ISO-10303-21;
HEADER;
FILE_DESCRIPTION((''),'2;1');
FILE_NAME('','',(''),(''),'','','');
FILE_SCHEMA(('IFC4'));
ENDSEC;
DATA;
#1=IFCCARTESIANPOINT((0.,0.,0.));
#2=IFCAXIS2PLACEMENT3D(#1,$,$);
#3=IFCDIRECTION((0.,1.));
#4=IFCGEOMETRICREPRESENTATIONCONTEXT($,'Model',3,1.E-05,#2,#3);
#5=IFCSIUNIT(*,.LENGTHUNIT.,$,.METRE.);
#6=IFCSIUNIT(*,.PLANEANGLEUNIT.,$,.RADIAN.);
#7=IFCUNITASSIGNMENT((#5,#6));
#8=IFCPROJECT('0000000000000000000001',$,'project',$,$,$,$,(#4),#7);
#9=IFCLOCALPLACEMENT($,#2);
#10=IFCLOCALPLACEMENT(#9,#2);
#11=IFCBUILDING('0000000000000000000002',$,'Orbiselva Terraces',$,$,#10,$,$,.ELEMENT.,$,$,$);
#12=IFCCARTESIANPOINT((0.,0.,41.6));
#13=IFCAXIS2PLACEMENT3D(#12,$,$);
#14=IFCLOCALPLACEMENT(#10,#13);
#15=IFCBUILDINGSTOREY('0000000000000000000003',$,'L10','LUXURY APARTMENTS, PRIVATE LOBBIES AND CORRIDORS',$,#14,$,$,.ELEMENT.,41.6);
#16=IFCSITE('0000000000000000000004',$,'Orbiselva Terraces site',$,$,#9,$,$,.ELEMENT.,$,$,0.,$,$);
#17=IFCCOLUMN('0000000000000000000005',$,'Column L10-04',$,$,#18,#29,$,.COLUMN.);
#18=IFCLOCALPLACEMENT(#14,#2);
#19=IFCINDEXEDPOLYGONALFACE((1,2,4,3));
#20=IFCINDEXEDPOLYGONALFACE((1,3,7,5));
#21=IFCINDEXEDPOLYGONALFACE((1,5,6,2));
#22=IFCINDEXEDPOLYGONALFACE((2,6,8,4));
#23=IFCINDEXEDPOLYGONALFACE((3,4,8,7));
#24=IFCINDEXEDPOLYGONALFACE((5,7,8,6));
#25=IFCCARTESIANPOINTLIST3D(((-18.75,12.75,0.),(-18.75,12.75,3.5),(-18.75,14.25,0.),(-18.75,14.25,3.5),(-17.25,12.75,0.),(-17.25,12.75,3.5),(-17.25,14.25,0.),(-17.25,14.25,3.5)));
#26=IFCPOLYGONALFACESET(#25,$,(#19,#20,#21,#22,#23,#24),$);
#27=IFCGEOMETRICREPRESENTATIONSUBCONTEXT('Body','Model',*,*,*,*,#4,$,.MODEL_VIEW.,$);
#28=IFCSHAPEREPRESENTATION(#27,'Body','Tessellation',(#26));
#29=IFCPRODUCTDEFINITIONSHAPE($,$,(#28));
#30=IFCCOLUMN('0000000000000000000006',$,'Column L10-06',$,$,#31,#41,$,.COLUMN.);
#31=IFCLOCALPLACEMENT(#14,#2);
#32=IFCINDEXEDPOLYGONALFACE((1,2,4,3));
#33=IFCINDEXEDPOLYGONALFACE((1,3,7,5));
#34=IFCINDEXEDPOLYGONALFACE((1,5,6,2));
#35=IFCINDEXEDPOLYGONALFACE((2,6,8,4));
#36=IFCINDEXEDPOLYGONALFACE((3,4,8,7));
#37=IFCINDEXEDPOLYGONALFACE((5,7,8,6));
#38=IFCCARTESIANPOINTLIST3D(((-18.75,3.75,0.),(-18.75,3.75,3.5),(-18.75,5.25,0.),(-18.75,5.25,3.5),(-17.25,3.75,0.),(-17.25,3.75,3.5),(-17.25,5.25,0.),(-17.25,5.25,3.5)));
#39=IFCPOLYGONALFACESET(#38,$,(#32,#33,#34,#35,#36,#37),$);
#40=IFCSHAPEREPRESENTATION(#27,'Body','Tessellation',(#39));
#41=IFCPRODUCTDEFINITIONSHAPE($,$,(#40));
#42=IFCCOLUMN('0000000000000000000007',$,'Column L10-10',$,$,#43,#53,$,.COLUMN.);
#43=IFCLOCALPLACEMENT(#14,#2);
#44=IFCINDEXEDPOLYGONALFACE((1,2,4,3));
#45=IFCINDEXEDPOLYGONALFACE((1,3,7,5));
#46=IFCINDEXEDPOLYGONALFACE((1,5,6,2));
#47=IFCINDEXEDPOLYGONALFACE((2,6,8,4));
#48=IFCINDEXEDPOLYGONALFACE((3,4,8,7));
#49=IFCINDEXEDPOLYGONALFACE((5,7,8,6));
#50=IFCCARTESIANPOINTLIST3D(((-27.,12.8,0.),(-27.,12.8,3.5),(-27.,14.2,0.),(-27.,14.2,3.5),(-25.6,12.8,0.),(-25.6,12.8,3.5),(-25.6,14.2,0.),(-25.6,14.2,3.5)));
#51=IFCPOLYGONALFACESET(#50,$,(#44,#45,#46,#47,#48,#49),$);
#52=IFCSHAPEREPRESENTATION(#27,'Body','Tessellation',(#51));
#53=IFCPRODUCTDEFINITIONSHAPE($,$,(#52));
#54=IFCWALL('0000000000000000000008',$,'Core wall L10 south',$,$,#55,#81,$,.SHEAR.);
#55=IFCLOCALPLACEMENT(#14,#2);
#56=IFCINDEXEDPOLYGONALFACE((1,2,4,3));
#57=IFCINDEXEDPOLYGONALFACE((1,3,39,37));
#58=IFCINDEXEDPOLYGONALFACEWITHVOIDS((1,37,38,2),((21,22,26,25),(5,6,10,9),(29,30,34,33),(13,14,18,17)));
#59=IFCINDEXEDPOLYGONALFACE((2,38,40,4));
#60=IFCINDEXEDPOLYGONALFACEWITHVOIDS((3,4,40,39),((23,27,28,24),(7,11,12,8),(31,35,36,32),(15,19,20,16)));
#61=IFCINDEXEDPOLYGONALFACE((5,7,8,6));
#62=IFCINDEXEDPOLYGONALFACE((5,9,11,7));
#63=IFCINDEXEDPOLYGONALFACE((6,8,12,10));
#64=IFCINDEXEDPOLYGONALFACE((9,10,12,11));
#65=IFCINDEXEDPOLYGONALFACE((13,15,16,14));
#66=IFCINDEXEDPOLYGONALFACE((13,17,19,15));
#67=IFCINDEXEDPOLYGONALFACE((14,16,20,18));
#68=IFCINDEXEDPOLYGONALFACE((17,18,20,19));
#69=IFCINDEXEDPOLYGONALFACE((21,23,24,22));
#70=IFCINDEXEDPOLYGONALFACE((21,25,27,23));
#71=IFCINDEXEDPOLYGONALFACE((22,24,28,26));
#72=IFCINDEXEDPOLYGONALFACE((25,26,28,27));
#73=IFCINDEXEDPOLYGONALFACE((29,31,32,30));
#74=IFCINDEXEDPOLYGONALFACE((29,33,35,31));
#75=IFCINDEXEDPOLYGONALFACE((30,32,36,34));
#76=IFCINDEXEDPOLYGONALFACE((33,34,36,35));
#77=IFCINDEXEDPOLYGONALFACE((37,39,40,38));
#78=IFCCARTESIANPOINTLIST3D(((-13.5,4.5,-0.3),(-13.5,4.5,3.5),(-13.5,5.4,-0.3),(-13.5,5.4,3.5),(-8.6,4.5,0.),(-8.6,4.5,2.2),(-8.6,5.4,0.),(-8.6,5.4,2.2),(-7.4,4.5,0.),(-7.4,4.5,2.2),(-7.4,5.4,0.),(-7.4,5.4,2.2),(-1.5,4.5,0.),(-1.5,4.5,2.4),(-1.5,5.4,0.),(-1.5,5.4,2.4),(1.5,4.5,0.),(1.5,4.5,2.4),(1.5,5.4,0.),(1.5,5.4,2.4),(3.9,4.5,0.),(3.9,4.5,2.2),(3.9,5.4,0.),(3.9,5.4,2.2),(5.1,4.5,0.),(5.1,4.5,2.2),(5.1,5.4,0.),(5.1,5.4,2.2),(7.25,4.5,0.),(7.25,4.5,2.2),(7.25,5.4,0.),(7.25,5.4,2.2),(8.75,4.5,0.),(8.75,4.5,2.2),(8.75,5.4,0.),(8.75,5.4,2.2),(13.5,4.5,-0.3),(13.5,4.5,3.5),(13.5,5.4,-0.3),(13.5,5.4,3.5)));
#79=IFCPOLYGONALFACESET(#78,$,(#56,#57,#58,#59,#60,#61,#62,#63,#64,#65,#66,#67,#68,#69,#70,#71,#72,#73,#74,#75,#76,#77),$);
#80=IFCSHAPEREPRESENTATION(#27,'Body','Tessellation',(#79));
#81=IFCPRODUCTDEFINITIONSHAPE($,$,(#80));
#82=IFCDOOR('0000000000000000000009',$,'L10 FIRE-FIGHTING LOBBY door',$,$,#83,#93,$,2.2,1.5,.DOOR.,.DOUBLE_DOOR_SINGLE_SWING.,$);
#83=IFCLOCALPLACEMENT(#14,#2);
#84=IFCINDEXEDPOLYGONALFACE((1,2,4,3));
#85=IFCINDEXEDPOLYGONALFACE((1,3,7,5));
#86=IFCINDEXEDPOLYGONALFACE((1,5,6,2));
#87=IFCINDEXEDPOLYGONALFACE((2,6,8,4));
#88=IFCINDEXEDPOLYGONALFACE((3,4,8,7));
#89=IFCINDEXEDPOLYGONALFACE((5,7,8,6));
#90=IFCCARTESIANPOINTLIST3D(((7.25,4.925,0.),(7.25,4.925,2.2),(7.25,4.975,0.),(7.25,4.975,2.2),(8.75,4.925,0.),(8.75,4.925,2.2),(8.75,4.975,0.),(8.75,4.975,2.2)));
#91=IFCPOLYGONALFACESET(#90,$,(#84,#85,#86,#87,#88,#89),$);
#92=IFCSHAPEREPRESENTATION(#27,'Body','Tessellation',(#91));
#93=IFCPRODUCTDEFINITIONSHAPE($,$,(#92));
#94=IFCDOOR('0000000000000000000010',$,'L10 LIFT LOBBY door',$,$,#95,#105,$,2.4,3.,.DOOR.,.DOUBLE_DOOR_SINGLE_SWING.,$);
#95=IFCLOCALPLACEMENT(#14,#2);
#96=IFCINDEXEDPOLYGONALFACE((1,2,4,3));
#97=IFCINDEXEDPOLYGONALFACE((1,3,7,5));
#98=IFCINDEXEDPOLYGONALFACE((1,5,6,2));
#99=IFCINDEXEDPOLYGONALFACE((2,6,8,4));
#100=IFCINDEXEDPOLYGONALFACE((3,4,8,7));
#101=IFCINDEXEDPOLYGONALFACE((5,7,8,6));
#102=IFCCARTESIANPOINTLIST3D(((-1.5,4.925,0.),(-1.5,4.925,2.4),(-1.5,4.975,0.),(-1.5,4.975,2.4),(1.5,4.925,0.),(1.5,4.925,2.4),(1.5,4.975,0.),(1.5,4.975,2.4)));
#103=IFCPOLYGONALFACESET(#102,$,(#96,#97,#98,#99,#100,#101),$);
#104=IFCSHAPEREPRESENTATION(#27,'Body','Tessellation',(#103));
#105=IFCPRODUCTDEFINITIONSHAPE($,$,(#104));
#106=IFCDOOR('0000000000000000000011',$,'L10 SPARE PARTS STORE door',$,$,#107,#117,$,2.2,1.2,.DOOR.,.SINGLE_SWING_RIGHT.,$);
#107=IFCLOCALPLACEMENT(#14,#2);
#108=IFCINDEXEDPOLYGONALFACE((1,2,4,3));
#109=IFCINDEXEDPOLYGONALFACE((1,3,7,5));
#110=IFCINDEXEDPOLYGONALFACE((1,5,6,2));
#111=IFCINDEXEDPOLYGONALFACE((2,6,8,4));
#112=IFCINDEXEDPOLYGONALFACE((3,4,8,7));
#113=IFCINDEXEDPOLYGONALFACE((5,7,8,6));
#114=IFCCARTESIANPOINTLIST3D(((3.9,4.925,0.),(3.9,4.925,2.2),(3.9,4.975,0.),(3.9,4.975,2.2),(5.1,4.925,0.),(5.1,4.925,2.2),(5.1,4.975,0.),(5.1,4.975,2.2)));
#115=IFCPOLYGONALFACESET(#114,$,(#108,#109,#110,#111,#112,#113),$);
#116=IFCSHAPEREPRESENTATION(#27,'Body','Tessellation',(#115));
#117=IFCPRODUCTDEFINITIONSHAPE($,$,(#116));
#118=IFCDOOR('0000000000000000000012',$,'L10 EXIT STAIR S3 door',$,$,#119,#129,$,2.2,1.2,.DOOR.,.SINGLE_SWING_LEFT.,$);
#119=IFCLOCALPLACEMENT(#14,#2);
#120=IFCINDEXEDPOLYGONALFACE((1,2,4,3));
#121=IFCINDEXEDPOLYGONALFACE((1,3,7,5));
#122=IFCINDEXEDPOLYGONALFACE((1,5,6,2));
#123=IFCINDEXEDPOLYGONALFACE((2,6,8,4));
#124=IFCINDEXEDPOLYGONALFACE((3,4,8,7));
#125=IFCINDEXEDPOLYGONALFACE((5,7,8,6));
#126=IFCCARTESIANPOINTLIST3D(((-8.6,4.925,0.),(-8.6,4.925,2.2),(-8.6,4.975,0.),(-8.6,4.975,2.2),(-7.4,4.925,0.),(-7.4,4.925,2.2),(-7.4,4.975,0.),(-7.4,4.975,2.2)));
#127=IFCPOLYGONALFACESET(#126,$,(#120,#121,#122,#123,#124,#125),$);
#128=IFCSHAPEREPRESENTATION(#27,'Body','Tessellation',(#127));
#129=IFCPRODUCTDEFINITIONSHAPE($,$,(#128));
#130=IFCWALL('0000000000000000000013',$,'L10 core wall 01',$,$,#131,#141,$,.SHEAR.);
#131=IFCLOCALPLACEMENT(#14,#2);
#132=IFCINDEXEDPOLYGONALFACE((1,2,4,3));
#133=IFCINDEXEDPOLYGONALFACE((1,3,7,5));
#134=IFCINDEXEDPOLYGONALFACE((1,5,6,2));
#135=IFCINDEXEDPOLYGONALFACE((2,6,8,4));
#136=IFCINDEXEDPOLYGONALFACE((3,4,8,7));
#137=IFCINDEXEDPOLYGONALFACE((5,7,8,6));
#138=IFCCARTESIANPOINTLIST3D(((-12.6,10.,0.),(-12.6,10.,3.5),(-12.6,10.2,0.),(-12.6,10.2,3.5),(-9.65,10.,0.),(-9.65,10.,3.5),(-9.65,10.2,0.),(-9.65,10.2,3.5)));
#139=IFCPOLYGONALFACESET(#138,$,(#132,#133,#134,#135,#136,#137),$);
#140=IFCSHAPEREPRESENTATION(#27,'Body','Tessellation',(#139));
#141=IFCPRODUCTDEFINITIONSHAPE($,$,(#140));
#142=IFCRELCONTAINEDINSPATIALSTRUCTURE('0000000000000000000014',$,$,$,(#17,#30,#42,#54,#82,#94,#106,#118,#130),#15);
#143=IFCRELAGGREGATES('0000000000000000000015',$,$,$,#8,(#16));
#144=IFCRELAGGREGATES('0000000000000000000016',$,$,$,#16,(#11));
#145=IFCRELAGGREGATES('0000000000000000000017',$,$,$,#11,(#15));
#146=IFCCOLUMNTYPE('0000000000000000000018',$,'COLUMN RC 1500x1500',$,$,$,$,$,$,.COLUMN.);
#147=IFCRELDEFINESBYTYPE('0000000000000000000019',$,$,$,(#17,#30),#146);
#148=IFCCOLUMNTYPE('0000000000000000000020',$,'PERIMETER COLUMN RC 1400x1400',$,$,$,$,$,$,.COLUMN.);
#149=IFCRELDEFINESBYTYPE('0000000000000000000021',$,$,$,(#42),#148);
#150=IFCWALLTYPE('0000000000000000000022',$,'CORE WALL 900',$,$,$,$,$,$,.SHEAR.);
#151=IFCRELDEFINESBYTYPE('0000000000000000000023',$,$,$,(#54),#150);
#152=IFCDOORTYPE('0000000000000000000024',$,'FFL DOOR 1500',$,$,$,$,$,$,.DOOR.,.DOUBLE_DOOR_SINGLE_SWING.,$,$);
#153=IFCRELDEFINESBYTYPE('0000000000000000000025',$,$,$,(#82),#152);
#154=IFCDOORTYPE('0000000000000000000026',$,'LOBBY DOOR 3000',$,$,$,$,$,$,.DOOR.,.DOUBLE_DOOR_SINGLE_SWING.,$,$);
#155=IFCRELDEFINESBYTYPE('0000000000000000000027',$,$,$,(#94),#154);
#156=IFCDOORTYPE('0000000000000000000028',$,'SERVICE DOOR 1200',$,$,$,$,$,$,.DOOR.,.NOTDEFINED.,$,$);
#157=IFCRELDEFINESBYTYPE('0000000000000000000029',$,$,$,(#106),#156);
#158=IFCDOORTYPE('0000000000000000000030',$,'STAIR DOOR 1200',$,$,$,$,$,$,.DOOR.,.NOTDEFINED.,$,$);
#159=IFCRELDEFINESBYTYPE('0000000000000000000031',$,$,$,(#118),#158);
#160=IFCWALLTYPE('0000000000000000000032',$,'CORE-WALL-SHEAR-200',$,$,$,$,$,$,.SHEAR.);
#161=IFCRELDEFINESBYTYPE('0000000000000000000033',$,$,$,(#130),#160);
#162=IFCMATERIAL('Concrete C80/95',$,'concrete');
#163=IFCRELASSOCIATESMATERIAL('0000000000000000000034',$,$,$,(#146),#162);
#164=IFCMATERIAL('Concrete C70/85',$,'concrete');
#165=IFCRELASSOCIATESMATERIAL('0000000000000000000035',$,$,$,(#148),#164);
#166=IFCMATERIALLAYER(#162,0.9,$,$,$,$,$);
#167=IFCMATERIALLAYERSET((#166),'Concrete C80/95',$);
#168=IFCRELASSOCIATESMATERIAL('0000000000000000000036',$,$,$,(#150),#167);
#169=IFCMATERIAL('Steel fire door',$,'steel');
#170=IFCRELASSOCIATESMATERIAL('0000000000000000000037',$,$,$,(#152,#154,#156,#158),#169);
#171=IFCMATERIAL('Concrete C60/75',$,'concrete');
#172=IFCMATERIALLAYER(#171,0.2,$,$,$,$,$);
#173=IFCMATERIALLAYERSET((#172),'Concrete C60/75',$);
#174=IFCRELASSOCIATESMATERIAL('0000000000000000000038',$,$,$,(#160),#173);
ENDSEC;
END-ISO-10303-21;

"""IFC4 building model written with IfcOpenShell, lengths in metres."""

from ifc_helpers import new_model, si_unit, direction, frame, frame_2d, origin, origin_2d, place, context, subcontext, project, spatial, rectangle, extrude, material, layer, layer_set, material_profile, profile_set, type_object, element, fill, save


model = new_model("IFC4")

# Units and contexts
model_context = context("Model", 3, precision=1e-05, world=origin(), true_north=direction((0.0, 1.0)))
body_context = subcontext(model_context, "Body", "Model", "MODEL_VIEW")
ifc_project = project(units=[si_unit("LENGTHUNIT", "METRE"), si_unit("PLANEANGLEUNIT", "RADIAN")], contexts=[model_context])

# Site, building, storey
site_placement = place(None, origin())
site = spatial("IfcSite", under=ifc_project, at=site_placement, Name="Orbiselva Terraces site", CompositionType="ELEMENT", RefElevation=0.0)
building_placement = place(site_placement, origin())
building = spatial("IfcBuilding", under=site, at=building_placement, Name="Orbiselva Terraces", CompositionType="ELEMENT")
storey_placement = place(building_placement, frame((0.0, 0.0, 41.6)))
storey = spatial("IfcBuildingStorey", under=building, at=storey_placement, Name="L10", Description="LUXURY APARTMENTS, PRIVATE LOBBIES AND CORRIDORS", CompositionType="ELEMENT", Elevation=41.6)

# Columns
ifc_material_1 = material(Name="Concrete C80/95", Category="concrete")
ifc_material_profile_1 = material_profile(ifc_material_1, rectangle(XDim=1.5, YDim=1.5, at=origin_2d()), Name="RC 1500x1500")
ifc_profile_set_1 = profile_set([ifc_material_profile_1], Name="Concrete C80/95")
column_type_1 = type_object("IfcColumnType", Name="COLUMN RC 1500x1500", PredefinedType="COLUMN", material=ifc_profile_set_1)
for number, where, z_axis, x_axis, name in (
    (1, (-18.0, 13.5, 0.0), (0.0, 0.0, 1.0), (1.0, 0.0, 0.0), "Column L10-04"),
    (2, (-18.0, 4.5, 0.0), (0.0, 0.0, 1.0), (1.0, 0.0, 0.0), "Column L10-06"),
):
    element("IfcColumn", number, at=place(storey_placement, frame(where, z_axis=z_axis, x_axis=x_axis)), inside=storey, type_object=column_type_1, Name=name, PredefinedType="COLUMN", context=body_context, shape_type="SweptSolid", body=[
        extrude(rectangle(XDim=1.5, YDim=1.5, at=origin_2d()), origin(), (0.0, 0.0, 1.0), 3.5),
    ])
ifc_material_2 = material(Name="Concrete C70/85", Category="concrete")
ifc_material_profile_2 = material_profile(ifc_material_2, rectangle(XDim=1.4, YDim=1.4, at=origin_2d()), Name="RC 1400x1400")
ifc_profile_set_2 = profile_set([ifc_material_profile_2], Name="Concrete C70/85")
column_type_2 = type_object("IfcColumnType", Name="PERIMETER COLUMN RC 1400x1400", PredefinedType="COLUMN", material=ifc_profile_set_2)
column_placement = place(storey_placement, frame((-26.3, 13.5, 0.0), z_axis=(0.0, 0.0, 1.0), x_axis=(1.0, 0.0, 0.0)))
element("IfcColumn", 3, at=column_placement, inside=storey, type_object=column_type_2, Name="Column L10-10", PredefinedType="COLUMN", context=body_context, shape_type="SweptSolid", body=[
    extrude(rectangle(XDim=1.4, YDim=1.4, at=origin_2d()), origin(), (0.0, 0.0, 1.0), 3.5),
])

# Wall, openings, doors
ifc_layer_1 = layer(ifc_material_1, 0.9)
ifc_layer_set_1 = layer_set([ifc_layer_1], Name="Concrete C80/95")
wall_type_1 = type_object("IfcWallType", Name="CORE WALL 900", PredefinedType="SHEAR", material=ifc_layer_set_1)
wall_1_placement = place(storey_placement, frame((-13.5, 4.95, -0.3), z_axis=(0.0, 0.0, 1.0), x_axis=(1.0, 0.0, 0.0)))
wall_1 = element("IfcWall", 4, at=wall_1_placement, inside=storey, type_object=wall_type_1, Name="Core wall L10 south", PredefinedType="SHEAR", context=body_context, shape_type="SweptSolid", body=[
    extrude(rectangle(XDim=27.0, YDim=0.9, at=frame_2d((13.5, 0.0))), origin(), (0.0, 0.0, 1.0), 3.8),
])
opening_1_placement = place(wall_1_placement, frame((12.0, 0.0, 0.3)))
opening_1 = element("IfcOpeningElement", 5, at=opening_1_placement, cuts=wall_1, PredefinedType="OPENING", context=body_context, shape_type="SweptSolid", body=[
    extrude(rectangle(XDim=3.0, YDim=2.4, at=frame_2d((1.5, 1.2))), frame((0.0, 0.46, 0.0), z_axis=(0.0, -1.0, 0.0), x_axis=(1.0, 0.0, 0.0)), (0.0, 0.0, 1.0), 0.92),
])
opening_2_placement = place(wall_1_placement, frame((4.9, 0.0, 0.3)))
opening_2 = element("IfcOpeningElement", 6, at=opening_2_placement, cuts=wall_1, PredefinedType="OPENING", context=body_context, shape_type="SweptSolid", body=[
    extrude(rectangle(XDim=1.2, YDim=2.2, at=frame_2d((0.6, 1.1))), frame((0.0, 0.46, 0.0), z_axis=(0.0, -1.0, 0.0), x_axis=(1.0, 0.0, 0.0)), (0.0, 0.0, 1.0), 0.92),
])
opening_3_placement = place(wall_1_placement, frame((20.75, 0.0, 0.3)))
opening_3 = element("IfcOpeningElement", 7, at=opening_3_placement, cuts=wall_1, PredefinedType="OPENING", context=body_context, shape_type="SweptSolid", body=[
    extrude(rectangle(XDim=1.5, YDim=2.2, at=frame_2d((0.75, 1.1))), frame((0.0, 0.46, 0.0), z_axis=(0.0, -1.0, 0.0), x_axis=(1.0, 0.0, 0.0)), (0.0, 0.0, 1.0), 0.92),
])
opening_4_placement = place(wall_1_placement, frame((17.4, 0.0, 0.3)))
opening_4 = element("IfcOpeningElement", 8, at=opening_4_placement, cuts=wall_1, PredefinedType="OPENING", context=body_context, shape_type="SweptSolid", body=[
    extrude(rectangle(XDim=1.2, YDim=2.2, at=frame_2d((0.6, 1.1))), frame((0.0, 0.46, 0.0), z_axis=(0.0, -1.0, 0.0), x_axis=(1.0, 0.0, 0.0)), (0.0, 0.0, 1.0), 0.92),
])
ifc_material_3 = material(Name="Steel fire door", Category="steel")
door_type_1 = type_object("IfcDoorType", Name="FFL DOOR 1500", OperationType="DOUBLE_DOOR_SINGLE_SWING", PredefinedType="DOOR", material=ifc_material_3)
door_1_placement = place(opening_3_placement, frame((1.5, 0.0, 0.0), z_axis=(0.0, 0.0, 1.0), x_axis=(-1.0, 0.0, 0.0)))
door_1 = element("IfcDoor", 9, at=door_1_placement, inside=storey, type_object=door_type_1, Name="L10 FIRE-FIGHTING LOBBY door", OperationType="DOUBLE_DOOR_SINGLE_SWING", OverallHeight=2.2, OverallWidth=1.5, PredefinedType="DOOR", context=body_context, shape_type="SweptSolid", body=[
    extrude(rectangle(XDim=1.5, YDim=2.2, at=frame_2d((0.75, 1.1))), frame((0.0, 0.025, 0.0), z_axis=(0.0, -1.0, 0.0), x_axis=(1.0, 0.0, 0.0)), (0.0, 0.0, 1.0), 0.05),
])
fill(opening_3, door_1)
door_type_2 = type_object("IfcDoorType", Name="LOBBY DOOR 3000", OperationType="DOUBLE_DOOR_SINGLE_SWING", PredefinedType="DOOR", material=ifc_material_3)
door_2_placement = place(opening_1_placement, frame((3.0, 0.0, 0.0), z_axis=(0.0, 0.0, 1.0), x_axis=(-1.0, 0.0, 0.0)))
door_2 = element("IfcDoor", 10, at=door_2_placement, inside=storey, type_object=door_type_2, Name="L10 LIFT LOBBY door", OperationType="DOUBLE_DOOR_SINGLE_SWING", OverallHeight=2.4, OverallWidth=3.0, PredefinedType="DOOR", context=body_context, shape_type="SweptSolid", body=[
    extrude(rectangle(XDim=3.0, YDim=2.4, at=frame_2d((1.5, 1.2))), frame((0.0, 0.025, 0.0), z_axis=(0.0, -1.0, 0.0), x_axis=(1.0, 0.0, 0.0)), (0.0, 0.0, 1.0), 0.05),
])
fill(opening_1, door_2)
door_type_3 = type_object("IfcDoorType", Name="SERVICE DOOR 1200", OperationType="NOTDEFINED", PredefinedType="DOOR", material=ifc_material_3)
door_3_placement = place(opening_4_placement, frame((1.2, 0.0, 0.0), z_axis=(0.0, 0.0, 1.0), x_axis=(-1.0, 0.0, 0.0)))
door_3 = element("IfcDoor", 11, at=door_3_placement, inside=storey, type_object=door_type_3, Name="L10 SPARE PARTS STORE door", OperationType="SINGLE_SWING_RIGHT", OverallHeight=2.2, OverallWidth=1.2, PredefinedType="DOOR", context=body_context, shape_type="SweptSolid", body=[
    extrude(rectangle(XDim=1.2, YDim=2.2, at=frame_2d((0.6, 1.1))), frame((0.0, 0.025, 0.0), z_axis=(0.0, -1.0, 0.0), x_axis=(1.0, 0.0, 0.0)), (0.0, 0.0, 1.0), 0.05),
])
fill(opening_4, door_3)
door_type_4 = type_object("IfcDoorType", Name="STAIR DOOR 1200", OperationType="NOTDEFINED", PredefinedType="DOOR", material=ifc_material_3)
door_4_placement = place(opening_2_placement, frame((1.2, 0.0, 0.0), z_axis=(0.0, 0.0, 1.0), x_axis=(-1.0, 0.0, 0.0)))
door_4 = element("IfcDoor", 12, at=door_4_placement, inside=storey, type_object=door_type_4, Name="L10 EXIT STAIR S3 door", OperationType="SINGLE_SWING_LEFT", OverallHeight=2.2, OverallWidth=1.2, PredefinedType="DOOR", context=body_context, shape_type="SweptSolid", body=[
    extrude(rectangle(XDim=1.2, YDim=2.2, at=frame_2d((0.6, 1.1))), frame((0.0, 0.025, 0.0), z_axis=(0.0, -1.0, 0.0), x_axis=(1.0, 0.0, 0.0)), (0.0, 0.0, 1.0), 0.05),
])
fill(opening_2, door_4)

# Wall
ifc_material_4 = material(Name="Concrete C60/75", Category="concrete")
ifc_layer_2 = layer(ifc_material_4, 0.2)
ifc_layer_set_2 = layer_set([ifc_layer_2], Name="Concrete C60/75")
wall_type_2 = type_object("IfcWallType", Name="CORE-WALL-SHEAR-200", PredefinedType="SHEAR", material=ifc_layer_set_2)
wall_2_placement = place(storey_placement, frame((-12.6, 10.1, 0.0), z_axis=(0.0, 0.0, 1.0), x_axis=(1.0, 0.0, 0.0)))
element("IfcWall", 13, at=wall_2_placement, inside=storey, type_object=wall_type_2, Name="L10 core wall 01", PredefinedType="SHEAR", context=body_context, shape_type="SweptSolid", body=[
    extrude(rectangle(XDim=2.95, YDim=0.2, at=frame_2d((1.475, 0.0))), origin(), (0.0, 0.0, 1.0), 3.5),
])

save(model, "model.ifc")
